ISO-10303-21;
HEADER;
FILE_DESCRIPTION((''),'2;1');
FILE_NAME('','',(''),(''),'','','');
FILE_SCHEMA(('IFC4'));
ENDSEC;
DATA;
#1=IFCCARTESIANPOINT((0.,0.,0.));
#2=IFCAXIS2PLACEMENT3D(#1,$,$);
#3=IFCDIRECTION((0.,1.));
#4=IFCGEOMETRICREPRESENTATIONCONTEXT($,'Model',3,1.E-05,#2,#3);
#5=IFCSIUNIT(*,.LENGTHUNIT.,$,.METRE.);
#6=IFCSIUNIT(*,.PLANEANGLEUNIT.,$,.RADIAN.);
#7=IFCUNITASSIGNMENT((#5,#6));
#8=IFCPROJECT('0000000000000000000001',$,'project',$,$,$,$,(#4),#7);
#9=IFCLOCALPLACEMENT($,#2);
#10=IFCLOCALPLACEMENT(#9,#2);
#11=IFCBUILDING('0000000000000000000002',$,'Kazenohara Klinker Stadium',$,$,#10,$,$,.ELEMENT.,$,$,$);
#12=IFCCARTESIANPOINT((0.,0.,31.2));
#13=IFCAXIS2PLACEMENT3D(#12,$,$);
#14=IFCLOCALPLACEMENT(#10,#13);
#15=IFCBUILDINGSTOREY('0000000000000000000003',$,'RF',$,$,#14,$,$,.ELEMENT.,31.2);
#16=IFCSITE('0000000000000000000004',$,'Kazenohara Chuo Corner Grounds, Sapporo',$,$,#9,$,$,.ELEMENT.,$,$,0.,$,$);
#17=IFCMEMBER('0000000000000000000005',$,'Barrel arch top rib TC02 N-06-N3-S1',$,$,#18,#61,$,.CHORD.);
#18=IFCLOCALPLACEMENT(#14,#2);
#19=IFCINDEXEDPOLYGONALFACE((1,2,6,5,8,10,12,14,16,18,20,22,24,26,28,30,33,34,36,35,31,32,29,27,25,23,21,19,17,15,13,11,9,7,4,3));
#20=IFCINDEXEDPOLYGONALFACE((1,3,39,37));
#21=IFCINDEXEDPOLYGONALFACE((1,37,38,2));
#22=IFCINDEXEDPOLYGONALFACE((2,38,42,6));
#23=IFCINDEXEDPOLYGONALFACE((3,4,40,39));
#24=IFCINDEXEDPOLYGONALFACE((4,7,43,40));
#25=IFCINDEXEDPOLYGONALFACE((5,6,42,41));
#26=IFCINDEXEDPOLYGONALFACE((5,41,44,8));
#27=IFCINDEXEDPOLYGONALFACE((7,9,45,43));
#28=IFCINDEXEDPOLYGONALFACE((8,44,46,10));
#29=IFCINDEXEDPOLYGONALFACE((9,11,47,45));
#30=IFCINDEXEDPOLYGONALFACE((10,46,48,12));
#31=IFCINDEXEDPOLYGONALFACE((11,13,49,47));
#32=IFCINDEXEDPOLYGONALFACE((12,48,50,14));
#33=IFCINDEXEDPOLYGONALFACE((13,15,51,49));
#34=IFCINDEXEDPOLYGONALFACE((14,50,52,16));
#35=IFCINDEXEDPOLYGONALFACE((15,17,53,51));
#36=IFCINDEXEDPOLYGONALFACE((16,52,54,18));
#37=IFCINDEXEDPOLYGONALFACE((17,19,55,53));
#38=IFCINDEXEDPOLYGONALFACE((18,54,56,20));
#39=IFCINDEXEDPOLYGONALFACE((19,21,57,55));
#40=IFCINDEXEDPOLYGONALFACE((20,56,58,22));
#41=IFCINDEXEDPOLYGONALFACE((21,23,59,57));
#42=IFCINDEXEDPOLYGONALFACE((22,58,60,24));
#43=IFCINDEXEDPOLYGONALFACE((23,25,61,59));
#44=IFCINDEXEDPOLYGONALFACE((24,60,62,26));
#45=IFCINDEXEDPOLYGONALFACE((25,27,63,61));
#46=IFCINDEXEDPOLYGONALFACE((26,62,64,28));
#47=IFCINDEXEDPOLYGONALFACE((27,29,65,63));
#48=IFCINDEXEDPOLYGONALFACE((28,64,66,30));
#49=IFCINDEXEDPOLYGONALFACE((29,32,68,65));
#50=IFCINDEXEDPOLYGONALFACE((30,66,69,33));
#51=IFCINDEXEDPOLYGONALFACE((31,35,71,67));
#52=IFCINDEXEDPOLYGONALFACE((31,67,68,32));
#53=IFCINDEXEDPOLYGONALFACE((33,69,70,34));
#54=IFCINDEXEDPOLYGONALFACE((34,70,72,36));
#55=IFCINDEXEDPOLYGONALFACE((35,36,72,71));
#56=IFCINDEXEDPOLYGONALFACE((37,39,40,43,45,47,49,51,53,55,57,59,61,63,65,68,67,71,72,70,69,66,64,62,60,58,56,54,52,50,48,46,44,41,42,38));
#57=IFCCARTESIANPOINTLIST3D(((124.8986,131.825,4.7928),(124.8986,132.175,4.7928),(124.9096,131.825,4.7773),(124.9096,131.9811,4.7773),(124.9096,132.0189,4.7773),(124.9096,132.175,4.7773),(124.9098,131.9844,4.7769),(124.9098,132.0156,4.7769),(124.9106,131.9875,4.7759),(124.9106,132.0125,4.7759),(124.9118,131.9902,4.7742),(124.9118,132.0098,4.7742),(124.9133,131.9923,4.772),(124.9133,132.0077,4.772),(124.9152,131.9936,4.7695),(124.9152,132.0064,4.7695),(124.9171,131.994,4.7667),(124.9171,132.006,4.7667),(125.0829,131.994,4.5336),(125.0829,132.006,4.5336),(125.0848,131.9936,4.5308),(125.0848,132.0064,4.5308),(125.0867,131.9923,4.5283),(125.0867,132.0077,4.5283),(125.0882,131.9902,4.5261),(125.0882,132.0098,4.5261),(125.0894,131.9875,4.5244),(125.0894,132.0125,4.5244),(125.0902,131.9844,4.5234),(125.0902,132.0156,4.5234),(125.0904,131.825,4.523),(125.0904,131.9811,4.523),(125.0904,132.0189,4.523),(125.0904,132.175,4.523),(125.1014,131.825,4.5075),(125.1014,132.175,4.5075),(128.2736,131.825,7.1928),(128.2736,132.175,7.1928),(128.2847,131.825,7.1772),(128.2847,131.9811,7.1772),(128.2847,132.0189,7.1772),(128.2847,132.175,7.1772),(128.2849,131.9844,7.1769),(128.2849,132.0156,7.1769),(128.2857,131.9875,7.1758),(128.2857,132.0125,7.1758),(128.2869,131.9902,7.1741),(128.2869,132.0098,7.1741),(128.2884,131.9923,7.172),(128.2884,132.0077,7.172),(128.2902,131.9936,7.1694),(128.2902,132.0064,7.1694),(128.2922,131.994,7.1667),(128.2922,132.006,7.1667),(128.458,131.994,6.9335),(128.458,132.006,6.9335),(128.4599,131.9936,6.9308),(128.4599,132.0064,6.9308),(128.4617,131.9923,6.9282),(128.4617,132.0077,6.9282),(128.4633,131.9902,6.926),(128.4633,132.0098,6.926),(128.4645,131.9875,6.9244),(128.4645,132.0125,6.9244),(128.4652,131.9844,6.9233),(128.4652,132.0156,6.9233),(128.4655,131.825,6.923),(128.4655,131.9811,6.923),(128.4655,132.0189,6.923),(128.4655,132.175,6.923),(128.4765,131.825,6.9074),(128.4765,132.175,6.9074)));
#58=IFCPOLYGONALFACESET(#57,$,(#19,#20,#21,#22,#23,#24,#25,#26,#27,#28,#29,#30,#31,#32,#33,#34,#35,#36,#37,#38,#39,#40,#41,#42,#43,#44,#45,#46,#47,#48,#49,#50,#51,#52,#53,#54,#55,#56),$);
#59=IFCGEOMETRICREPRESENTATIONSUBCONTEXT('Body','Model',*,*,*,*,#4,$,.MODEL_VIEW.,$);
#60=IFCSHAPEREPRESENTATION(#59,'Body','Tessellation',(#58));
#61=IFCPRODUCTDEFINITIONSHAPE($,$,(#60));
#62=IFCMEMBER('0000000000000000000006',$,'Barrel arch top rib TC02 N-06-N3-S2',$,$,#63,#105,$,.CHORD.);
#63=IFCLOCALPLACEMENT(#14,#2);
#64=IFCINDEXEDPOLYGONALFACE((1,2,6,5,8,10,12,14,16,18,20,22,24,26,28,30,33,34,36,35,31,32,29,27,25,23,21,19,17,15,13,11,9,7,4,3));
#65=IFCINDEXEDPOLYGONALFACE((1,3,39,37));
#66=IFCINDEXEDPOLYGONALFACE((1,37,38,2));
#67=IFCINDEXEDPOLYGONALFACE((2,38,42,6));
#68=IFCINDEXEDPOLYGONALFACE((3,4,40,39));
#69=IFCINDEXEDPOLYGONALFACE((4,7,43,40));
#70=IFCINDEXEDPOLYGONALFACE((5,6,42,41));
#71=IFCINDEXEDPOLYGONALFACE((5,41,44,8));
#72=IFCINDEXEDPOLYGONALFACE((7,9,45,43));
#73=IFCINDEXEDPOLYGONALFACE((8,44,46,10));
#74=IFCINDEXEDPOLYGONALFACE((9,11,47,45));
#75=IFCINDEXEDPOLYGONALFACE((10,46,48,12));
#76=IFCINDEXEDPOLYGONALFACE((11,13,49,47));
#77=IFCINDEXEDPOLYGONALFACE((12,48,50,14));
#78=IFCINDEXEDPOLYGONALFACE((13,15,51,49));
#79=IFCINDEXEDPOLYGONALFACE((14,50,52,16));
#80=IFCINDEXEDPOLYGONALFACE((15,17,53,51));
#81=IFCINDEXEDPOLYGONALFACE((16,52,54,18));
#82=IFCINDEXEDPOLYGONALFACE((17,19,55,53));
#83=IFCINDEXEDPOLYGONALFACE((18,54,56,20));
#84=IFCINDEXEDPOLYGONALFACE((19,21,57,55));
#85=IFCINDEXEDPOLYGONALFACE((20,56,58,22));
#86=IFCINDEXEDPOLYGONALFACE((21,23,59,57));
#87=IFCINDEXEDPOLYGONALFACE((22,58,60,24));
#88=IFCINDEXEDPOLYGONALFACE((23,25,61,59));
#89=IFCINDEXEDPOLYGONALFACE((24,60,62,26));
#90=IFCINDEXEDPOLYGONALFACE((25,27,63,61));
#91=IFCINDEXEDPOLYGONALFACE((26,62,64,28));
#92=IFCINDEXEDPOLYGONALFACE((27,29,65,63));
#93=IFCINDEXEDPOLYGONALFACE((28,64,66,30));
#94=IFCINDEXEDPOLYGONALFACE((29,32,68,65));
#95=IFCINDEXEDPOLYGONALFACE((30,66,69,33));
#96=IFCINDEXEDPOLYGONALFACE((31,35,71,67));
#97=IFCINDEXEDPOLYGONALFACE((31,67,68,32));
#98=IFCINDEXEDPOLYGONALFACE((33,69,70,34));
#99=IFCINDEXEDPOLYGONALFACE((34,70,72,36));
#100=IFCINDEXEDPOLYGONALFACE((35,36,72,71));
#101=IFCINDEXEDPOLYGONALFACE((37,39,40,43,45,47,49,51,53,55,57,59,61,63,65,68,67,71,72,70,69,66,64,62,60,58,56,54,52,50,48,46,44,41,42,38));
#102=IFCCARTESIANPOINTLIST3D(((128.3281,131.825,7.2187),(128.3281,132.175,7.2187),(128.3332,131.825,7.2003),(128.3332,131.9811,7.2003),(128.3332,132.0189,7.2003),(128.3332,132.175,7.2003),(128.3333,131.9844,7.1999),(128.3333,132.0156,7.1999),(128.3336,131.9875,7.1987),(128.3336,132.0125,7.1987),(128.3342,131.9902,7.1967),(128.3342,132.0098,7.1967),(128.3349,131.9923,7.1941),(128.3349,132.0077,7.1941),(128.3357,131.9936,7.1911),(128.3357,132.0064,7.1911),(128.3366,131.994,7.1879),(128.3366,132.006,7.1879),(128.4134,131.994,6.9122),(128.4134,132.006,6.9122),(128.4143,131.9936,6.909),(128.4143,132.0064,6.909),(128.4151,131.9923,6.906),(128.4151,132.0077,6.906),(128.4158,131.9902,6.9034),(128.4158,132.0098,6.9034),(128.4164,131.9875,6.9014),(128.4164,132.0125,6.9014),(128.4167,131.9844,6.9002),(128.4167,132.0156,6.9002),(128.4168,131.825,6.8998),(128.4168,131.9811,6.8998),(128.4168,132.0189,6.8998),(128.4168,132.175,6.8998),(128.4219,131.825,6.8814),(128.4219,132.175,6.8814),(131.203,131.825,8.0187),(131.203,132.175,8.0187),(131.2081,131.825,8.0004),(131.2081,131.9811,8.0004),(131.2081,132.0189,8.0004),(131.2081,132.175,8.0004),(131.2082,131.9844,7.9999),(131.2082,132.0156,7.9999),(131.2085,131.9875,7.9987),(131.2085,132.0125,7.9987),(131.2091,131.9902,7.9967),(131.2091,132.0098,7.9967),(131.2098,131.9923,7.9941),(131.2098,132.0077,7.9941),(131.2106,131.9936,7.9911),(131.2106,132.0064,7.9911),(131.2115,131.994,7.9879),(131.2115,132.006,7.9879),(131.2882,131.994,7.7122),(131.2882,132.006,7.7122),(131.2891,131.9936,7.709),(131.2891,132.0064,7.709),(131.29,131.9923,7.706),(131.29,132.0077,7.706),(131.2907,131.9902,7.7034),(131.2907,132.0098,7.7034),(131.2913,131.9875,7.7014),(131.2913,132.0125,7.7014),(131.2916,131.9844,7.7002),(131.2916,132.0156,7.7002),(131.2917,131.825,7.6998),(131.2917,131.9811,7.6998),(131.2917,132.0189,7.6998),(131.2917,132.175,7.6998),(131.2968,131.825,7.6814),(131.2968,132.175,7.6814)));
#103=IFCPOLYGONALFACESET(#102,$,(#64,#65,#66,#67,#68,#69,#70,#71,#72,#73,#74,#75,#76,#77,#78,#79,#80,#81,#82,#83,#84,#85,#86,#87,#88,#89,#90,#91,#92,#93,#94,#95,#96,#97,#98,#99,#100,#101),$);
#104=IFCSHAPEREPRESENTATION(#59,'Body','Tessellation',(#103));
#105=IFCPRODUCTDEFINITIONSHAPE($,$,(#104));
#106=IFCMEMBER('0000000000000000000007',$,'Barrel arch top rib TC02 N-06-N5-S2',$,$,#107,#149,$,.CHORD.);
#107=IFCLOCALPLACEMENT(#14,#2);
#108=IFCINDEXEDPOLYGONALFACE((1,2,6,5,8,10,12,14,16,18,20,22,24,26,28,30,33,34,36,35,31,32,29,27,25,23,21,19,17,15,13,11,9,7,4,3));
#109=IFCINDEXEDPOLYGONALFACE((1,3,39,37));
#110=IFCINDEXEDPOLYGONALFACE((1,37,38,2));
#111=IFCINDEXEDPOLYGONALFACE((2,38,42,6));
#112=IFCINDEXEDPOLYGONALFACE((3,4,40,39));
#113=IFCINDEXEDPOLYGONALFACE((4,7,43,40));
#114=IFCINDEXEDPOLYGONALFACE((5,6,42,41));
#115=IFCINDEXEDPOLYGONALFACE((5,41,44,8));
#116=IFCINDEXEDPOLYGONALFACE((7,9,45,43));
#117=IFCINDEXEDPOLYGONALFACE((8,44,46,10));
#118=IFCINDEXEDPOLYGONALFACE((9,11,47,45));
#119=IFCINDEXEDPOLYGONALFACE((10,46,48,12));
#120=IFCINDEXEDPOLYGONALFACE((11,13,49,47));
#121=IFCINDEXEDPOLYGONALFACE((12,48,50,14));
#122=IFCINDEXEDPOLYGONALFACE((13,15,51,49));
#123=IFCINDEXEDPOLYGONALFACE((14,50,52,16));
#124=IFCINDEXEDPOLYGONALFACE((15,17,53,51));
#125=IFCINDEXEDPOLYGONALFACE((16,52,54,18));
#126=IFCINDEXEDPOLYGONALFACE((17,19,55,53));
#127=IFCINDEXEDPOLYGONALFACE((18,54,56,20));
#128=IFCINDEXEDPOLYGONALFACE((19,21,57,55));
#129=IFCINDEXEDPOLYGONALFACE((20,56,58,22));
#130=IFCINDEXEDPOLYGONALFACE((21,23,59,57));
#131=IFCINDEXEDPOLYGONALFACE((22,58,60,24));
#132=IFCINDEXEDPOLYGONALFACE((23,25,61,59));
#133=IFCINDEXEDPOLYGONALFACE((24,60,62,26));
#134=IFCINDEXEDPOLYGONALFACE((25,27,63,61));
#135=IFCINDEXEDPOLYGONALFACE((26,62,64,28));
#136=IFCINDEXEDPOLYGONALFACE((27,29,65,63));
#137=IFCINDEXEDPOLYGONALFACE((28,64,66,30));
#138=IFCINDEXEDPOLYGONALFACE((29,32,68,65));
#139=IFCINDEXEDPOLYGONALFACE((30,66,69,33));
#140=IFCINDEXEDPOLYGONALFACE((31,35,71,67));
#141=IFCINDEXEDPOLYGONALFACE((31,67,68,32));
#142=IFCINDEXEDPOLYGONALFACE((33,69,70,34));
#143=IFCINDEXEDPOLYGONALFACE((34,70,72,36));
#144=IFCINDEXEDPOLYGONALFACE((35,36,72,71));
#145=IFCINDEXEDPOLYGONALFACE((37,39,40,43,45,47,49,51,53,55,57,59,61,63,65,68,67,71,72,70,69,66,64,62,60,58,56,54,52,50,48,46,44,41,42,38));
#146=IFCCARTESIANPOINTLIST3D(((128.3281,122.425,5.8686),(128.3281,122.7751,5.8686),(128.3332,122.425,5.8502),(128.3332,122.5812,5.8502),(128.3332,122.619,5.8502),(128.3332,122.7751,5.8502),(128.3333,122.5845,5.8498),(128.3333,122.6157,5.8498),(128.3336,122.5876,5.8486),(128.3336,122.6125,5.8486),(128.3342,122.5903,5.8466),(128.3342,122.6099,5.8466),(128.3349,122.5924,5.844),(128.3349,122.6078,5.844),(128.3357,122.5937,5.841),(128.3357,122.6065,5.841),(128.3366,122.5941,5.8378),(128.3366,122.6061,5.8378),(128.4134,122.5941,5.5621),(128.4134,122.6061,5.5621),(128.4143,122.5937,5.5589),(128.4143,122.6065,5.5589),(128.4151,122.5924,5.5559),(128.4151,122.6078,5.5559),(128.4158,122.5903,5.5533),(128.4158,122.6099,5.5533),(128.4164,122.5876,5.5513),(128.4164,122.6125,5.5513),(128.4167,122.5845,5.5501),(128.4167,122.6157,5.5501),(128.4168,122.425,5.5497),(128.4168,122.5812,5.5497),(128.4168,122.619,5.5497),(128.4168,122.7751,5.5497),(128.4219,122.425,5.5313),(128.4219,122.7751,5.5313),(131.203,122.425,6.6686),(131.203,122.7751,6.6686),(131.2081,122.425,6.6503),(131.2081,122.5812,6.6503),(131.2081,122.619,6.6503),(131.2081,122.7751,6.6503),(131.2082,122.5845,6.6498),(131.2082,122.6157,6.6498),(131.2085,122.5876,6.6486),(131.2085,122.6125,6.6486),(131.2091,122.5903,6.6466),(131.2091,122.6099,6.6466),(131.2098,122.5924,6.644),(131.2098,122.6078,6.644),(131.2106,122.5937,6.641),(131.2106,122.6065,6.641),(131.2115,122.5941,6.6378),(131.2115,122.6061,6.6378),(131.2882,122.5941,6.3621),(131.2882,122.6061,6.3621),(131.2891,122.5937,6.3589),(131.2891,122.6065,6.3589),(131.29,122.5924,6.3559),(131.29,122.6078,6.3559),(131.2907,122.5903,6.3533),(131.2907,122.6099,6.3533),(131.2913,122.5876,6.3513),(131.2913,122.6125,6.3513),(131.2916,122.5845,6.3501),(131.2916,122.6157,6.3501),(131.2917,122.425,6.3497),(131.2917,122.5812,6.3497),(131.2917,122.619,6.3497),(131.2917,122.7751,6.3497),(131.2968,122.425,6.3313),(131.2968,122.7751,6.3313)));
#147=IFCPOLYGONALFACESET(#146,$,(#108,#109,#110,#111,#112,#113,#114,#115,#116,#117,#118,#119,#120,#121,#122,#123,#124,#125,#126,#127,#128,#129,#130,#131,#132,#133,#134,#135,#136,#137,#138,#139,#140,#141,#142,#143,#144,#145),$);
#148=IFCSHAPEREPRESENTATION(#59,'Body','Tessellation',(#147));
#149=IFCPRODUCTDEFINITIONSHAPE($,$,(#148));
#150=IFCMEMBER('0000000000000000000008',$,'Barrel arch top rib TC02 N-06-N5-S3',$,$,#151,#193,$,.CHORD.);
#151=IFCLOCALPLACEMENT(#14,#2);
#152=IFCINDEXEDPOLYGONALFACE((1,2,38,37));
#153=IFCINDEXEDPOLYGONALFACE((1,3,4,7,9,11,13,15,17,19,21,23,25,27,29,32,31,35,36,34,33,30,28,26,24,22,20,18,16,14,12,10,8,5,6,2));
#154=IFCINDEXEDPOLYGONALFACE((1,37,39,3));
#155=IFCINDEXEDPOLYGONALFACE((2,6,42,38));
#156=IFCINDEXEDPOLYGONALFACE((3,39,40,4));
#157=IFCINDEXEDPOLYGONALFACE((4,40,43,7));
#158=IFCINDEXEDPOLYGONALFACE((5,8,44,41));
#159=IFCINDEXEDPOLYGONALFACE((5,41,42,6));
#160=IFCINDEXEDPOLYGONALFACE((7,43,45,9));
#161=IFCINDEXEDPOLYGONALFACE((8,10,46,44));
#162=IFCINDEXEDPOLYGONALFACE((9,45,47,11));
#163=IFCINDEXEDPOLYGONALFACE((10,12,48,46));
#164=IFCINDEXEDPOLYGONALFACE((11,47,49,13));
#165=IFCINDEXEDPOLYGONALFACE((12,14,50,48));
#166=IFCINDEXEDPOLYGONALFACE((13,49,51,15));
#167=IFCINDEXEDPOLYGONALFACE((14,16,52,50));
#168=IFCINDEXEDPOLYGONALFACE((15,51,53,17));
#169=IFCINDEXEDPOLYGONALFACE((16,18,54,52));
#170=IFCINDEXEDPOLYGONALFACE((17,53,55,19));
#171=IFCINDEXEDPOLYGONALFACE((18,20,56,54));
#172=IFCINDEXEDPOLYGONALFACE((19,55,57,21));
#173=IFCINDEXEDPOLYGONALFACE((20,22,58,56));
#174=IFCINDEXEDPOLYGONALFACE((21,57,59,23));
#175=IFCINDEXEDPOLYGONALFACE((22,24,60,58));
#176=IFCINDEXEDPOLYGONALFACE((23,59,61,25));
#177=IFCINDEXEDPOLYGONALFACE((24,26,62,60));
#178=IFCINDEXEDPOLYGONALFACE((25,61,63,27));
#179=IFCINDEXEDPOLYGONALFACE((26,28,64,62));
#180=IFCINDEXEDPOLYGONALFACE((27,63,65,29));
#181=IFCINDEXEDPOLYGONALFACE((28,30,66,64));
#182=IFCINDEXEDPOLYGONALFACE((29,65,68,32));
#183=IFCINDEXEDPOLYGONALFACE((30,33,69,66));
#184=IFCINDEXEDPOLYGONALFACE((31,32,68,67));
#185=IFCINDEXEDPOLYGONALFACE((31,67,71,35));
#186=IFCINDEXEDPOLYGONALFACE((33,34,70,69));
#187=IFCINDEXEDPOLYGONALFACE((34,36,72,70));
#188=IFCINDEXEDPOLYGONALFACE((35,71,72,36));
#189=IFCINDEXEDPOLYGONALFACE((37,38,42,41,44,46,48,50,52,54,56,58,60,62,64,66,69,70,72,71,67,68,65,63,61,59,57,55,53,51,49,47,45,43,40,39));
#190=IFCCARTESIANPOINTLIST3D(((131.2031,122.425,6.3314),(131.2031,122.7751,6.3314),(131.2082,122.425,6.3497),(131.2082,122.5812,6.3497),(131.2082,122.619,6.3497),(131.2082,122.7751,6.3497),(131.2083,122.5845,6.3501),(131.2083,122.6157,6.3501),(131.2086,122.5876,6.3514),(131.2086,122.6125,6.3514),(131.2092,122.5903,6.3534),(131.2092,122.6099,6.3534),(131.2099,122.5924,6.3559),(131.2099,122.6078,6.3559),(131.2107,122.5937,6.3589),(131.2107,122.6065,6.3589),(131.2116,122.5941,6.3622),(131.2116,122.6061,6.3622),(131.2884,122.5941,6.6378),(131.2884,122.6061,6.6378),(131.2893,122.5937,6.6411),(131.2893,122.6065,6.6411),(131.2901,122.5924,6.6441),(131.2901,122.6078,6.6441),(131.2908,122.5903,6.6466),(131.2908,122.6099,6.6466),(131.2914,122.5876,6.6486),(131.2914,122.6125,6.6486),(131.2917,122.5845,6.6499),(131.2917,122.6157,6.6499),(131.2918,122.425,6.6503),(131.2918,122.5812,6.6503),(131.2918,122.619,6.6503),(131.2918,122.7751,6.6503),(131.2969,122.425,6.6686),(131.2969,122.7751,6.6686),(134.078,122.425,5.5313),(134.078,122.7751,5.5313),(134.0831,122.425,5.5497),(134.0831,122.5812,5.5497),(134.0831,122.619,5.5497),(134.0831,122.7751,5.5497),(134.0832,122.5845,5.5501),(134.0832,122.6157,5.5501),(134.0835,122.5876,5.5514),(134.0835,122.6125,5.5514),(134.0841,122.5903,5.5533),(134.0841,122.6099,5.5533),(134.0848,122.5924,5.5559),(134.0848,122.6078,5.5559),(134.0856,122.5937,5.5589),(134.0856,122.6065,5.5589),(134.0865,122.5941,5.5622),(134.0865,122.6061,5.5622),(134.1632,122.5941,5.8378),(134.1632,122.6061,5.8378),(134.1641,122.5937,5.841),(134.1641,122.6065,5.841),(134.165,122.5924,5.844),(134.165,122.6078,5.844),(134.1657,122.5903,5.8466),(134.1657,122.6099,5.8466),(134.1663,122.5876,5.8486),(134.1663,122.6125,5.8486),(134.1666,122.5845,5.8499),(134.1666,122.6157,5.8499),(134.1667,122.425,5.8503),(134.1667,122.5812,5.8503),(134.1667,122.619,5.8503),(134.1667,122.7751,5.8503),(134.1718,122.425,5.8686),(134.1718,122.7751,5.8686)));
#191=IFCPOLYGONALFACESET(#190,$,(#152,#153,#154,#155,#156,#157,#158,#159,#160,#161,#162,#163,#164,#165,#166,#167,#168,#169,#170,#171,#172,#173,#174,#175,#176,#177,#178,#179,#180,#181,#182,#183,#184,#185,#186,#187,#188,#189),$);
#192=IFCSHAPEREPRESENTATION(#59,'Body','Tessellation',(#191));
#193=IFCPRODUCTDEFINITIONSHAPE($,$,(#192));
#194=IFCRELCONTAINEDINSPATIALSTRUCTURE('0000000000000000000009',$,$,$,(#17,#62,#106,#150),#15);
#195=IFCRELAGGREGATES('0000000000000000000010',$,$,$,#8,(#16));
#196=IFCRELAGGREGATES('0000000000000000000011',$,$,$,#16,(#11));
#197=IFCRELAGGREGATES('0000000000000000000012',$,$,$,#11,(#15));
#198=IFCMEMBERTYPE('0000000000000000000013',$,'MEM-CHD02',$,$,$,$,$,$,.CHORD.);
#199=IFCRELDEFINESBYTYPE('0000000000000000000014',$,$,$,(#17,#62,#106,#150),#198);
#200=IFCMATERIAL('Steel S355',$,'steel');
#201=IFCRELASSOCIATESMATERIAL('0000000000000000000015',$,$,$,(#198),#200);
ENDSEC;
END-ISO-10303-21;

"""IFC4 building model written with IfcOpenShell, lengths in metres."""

from ifc_helpers import new_model, si_unit, direction, frame, origin, origin_2d, place, context, subcontext, project, spatial, i_section, extrude, material, material_profile, profile_set, type_object, element, save


model = new_model("IFC4")

# Units and contexts
model_context = context("Model", 3, precision=1e-05, world=origin(), true_north=direction((0.0, 1.0)))
body_context = subcontext(model_context, "Body", "Model", "MODEL_VIEW")
ifc_project = project(units=[si_unit("LENGTHUNIT", "METRE"), si_unit("PLANEANGLEUNIT", "RADIAN")], contexts=[model_context])

# Site, building, storey
site_placement = place(None, origin())
site = spatial("IfcSite", under=ifc_project, at=site_placement, Name="Kazenohara Chuo Corner Grounds, Sapporo", CompositionType="ELEMENT", RefElevation=0.0)
building_placement = place(site_placement, origin())
building = spatial("IfcBuilding", under=site, at=building_placement, Name="Kazenohara Klinker Stadium", CompositionType="ELEMENT")
storey_placement = place(building_placement, frame((0.0, 0.0, 31.2)))
storey = spatial("IfcBuildingStorey", under=building, at=storey_placement, Name="RF", CompositionType="ELEMENT", Elevation=31.2)

# Members
ifc_material_1 = material(Name="Steel S355", Category="steel")
ifc_material_profile_1 = material_profile(ifc_material_1, i_section(OverallWidth=0.3501, OverallDepth=0.3501, WebThickness=0.012, FlangeThickness=0.019, FilletRadius=0.0129, at=origin_2d()), Name="H-350x350x12x19")
ifc_profile_set_1 = profile_set([ifc_material_profile_1], Name="Steel S355")
member_type_1 = type_object("IfcMemberType", Name="MEM-CHD02", PredefinedType="CHORD", material=ifc_profile_set_1)
member_1_placement = place(storey_placement, frame((125.0, 132.0, 4.6501), z_axis=(0.814966, 0.0, 0.579508), x_axis=(0.0, 1.0, 0.0)))
element("IfcMember", 1, at=member_1_placement, inside=storey, type_object=member_type_1, Name="Barrel arch top rib TC02 N-06-N3-S1", PredefinedType="CHORD", context=body_context, shape_type="SweptSolid", body=[
    extrude(i_section(OverallWidth=0.3501, OverallDepth=0.3501, WebThickness=0.012, FlangeThickness=0.019, FilletRadius=0.0129, at=origin_2d()), origin(), (0.0, 0.0, 1.0), 4.1414),
])
for number, where, z_axis, x_axis, name in (
    (2, (128.375, 132.0, 7.05), (0.963394, 0.0, 0.268091), (0.0, 1.0, 0.0), "Barrel arch top rib TC02 N-06-N3-S2"),
    (3, (128.375, 122.6001, 5.7), (0.963394, 0.0, 0.268091), (0.0, 1.0, 0.0), "Barrel arch top rib TC02 N-06-N5-S2"),
    (4, (131.25, 122.6001, 6.5), (0.963394, 0.0, -0.268091), (0.0, 1.0, 0.0), "Barrel arch top rib TC02 N-06-N5-S3"),
):
    element("IfcMember", number, at=place(storey_placement, frame(where, z_axis=z_axis, x_axis=x_axis)), inside=storey, type_object=member_type_1, Name=name, PredefinedType="CHORD", context=body_context, shape_type="SweptSolid", body=[
        extrude(i_section(OverallWidth=0.3501, OverallDepth=0.3501, WebThickness=0.012, FlangeThickness=0.019, FilletRadius=0.0129, at=origin_2d()), origin(), (0.0, 0.0, 1.0), 2.9841),
    ])

save(model, "model.ifc")
